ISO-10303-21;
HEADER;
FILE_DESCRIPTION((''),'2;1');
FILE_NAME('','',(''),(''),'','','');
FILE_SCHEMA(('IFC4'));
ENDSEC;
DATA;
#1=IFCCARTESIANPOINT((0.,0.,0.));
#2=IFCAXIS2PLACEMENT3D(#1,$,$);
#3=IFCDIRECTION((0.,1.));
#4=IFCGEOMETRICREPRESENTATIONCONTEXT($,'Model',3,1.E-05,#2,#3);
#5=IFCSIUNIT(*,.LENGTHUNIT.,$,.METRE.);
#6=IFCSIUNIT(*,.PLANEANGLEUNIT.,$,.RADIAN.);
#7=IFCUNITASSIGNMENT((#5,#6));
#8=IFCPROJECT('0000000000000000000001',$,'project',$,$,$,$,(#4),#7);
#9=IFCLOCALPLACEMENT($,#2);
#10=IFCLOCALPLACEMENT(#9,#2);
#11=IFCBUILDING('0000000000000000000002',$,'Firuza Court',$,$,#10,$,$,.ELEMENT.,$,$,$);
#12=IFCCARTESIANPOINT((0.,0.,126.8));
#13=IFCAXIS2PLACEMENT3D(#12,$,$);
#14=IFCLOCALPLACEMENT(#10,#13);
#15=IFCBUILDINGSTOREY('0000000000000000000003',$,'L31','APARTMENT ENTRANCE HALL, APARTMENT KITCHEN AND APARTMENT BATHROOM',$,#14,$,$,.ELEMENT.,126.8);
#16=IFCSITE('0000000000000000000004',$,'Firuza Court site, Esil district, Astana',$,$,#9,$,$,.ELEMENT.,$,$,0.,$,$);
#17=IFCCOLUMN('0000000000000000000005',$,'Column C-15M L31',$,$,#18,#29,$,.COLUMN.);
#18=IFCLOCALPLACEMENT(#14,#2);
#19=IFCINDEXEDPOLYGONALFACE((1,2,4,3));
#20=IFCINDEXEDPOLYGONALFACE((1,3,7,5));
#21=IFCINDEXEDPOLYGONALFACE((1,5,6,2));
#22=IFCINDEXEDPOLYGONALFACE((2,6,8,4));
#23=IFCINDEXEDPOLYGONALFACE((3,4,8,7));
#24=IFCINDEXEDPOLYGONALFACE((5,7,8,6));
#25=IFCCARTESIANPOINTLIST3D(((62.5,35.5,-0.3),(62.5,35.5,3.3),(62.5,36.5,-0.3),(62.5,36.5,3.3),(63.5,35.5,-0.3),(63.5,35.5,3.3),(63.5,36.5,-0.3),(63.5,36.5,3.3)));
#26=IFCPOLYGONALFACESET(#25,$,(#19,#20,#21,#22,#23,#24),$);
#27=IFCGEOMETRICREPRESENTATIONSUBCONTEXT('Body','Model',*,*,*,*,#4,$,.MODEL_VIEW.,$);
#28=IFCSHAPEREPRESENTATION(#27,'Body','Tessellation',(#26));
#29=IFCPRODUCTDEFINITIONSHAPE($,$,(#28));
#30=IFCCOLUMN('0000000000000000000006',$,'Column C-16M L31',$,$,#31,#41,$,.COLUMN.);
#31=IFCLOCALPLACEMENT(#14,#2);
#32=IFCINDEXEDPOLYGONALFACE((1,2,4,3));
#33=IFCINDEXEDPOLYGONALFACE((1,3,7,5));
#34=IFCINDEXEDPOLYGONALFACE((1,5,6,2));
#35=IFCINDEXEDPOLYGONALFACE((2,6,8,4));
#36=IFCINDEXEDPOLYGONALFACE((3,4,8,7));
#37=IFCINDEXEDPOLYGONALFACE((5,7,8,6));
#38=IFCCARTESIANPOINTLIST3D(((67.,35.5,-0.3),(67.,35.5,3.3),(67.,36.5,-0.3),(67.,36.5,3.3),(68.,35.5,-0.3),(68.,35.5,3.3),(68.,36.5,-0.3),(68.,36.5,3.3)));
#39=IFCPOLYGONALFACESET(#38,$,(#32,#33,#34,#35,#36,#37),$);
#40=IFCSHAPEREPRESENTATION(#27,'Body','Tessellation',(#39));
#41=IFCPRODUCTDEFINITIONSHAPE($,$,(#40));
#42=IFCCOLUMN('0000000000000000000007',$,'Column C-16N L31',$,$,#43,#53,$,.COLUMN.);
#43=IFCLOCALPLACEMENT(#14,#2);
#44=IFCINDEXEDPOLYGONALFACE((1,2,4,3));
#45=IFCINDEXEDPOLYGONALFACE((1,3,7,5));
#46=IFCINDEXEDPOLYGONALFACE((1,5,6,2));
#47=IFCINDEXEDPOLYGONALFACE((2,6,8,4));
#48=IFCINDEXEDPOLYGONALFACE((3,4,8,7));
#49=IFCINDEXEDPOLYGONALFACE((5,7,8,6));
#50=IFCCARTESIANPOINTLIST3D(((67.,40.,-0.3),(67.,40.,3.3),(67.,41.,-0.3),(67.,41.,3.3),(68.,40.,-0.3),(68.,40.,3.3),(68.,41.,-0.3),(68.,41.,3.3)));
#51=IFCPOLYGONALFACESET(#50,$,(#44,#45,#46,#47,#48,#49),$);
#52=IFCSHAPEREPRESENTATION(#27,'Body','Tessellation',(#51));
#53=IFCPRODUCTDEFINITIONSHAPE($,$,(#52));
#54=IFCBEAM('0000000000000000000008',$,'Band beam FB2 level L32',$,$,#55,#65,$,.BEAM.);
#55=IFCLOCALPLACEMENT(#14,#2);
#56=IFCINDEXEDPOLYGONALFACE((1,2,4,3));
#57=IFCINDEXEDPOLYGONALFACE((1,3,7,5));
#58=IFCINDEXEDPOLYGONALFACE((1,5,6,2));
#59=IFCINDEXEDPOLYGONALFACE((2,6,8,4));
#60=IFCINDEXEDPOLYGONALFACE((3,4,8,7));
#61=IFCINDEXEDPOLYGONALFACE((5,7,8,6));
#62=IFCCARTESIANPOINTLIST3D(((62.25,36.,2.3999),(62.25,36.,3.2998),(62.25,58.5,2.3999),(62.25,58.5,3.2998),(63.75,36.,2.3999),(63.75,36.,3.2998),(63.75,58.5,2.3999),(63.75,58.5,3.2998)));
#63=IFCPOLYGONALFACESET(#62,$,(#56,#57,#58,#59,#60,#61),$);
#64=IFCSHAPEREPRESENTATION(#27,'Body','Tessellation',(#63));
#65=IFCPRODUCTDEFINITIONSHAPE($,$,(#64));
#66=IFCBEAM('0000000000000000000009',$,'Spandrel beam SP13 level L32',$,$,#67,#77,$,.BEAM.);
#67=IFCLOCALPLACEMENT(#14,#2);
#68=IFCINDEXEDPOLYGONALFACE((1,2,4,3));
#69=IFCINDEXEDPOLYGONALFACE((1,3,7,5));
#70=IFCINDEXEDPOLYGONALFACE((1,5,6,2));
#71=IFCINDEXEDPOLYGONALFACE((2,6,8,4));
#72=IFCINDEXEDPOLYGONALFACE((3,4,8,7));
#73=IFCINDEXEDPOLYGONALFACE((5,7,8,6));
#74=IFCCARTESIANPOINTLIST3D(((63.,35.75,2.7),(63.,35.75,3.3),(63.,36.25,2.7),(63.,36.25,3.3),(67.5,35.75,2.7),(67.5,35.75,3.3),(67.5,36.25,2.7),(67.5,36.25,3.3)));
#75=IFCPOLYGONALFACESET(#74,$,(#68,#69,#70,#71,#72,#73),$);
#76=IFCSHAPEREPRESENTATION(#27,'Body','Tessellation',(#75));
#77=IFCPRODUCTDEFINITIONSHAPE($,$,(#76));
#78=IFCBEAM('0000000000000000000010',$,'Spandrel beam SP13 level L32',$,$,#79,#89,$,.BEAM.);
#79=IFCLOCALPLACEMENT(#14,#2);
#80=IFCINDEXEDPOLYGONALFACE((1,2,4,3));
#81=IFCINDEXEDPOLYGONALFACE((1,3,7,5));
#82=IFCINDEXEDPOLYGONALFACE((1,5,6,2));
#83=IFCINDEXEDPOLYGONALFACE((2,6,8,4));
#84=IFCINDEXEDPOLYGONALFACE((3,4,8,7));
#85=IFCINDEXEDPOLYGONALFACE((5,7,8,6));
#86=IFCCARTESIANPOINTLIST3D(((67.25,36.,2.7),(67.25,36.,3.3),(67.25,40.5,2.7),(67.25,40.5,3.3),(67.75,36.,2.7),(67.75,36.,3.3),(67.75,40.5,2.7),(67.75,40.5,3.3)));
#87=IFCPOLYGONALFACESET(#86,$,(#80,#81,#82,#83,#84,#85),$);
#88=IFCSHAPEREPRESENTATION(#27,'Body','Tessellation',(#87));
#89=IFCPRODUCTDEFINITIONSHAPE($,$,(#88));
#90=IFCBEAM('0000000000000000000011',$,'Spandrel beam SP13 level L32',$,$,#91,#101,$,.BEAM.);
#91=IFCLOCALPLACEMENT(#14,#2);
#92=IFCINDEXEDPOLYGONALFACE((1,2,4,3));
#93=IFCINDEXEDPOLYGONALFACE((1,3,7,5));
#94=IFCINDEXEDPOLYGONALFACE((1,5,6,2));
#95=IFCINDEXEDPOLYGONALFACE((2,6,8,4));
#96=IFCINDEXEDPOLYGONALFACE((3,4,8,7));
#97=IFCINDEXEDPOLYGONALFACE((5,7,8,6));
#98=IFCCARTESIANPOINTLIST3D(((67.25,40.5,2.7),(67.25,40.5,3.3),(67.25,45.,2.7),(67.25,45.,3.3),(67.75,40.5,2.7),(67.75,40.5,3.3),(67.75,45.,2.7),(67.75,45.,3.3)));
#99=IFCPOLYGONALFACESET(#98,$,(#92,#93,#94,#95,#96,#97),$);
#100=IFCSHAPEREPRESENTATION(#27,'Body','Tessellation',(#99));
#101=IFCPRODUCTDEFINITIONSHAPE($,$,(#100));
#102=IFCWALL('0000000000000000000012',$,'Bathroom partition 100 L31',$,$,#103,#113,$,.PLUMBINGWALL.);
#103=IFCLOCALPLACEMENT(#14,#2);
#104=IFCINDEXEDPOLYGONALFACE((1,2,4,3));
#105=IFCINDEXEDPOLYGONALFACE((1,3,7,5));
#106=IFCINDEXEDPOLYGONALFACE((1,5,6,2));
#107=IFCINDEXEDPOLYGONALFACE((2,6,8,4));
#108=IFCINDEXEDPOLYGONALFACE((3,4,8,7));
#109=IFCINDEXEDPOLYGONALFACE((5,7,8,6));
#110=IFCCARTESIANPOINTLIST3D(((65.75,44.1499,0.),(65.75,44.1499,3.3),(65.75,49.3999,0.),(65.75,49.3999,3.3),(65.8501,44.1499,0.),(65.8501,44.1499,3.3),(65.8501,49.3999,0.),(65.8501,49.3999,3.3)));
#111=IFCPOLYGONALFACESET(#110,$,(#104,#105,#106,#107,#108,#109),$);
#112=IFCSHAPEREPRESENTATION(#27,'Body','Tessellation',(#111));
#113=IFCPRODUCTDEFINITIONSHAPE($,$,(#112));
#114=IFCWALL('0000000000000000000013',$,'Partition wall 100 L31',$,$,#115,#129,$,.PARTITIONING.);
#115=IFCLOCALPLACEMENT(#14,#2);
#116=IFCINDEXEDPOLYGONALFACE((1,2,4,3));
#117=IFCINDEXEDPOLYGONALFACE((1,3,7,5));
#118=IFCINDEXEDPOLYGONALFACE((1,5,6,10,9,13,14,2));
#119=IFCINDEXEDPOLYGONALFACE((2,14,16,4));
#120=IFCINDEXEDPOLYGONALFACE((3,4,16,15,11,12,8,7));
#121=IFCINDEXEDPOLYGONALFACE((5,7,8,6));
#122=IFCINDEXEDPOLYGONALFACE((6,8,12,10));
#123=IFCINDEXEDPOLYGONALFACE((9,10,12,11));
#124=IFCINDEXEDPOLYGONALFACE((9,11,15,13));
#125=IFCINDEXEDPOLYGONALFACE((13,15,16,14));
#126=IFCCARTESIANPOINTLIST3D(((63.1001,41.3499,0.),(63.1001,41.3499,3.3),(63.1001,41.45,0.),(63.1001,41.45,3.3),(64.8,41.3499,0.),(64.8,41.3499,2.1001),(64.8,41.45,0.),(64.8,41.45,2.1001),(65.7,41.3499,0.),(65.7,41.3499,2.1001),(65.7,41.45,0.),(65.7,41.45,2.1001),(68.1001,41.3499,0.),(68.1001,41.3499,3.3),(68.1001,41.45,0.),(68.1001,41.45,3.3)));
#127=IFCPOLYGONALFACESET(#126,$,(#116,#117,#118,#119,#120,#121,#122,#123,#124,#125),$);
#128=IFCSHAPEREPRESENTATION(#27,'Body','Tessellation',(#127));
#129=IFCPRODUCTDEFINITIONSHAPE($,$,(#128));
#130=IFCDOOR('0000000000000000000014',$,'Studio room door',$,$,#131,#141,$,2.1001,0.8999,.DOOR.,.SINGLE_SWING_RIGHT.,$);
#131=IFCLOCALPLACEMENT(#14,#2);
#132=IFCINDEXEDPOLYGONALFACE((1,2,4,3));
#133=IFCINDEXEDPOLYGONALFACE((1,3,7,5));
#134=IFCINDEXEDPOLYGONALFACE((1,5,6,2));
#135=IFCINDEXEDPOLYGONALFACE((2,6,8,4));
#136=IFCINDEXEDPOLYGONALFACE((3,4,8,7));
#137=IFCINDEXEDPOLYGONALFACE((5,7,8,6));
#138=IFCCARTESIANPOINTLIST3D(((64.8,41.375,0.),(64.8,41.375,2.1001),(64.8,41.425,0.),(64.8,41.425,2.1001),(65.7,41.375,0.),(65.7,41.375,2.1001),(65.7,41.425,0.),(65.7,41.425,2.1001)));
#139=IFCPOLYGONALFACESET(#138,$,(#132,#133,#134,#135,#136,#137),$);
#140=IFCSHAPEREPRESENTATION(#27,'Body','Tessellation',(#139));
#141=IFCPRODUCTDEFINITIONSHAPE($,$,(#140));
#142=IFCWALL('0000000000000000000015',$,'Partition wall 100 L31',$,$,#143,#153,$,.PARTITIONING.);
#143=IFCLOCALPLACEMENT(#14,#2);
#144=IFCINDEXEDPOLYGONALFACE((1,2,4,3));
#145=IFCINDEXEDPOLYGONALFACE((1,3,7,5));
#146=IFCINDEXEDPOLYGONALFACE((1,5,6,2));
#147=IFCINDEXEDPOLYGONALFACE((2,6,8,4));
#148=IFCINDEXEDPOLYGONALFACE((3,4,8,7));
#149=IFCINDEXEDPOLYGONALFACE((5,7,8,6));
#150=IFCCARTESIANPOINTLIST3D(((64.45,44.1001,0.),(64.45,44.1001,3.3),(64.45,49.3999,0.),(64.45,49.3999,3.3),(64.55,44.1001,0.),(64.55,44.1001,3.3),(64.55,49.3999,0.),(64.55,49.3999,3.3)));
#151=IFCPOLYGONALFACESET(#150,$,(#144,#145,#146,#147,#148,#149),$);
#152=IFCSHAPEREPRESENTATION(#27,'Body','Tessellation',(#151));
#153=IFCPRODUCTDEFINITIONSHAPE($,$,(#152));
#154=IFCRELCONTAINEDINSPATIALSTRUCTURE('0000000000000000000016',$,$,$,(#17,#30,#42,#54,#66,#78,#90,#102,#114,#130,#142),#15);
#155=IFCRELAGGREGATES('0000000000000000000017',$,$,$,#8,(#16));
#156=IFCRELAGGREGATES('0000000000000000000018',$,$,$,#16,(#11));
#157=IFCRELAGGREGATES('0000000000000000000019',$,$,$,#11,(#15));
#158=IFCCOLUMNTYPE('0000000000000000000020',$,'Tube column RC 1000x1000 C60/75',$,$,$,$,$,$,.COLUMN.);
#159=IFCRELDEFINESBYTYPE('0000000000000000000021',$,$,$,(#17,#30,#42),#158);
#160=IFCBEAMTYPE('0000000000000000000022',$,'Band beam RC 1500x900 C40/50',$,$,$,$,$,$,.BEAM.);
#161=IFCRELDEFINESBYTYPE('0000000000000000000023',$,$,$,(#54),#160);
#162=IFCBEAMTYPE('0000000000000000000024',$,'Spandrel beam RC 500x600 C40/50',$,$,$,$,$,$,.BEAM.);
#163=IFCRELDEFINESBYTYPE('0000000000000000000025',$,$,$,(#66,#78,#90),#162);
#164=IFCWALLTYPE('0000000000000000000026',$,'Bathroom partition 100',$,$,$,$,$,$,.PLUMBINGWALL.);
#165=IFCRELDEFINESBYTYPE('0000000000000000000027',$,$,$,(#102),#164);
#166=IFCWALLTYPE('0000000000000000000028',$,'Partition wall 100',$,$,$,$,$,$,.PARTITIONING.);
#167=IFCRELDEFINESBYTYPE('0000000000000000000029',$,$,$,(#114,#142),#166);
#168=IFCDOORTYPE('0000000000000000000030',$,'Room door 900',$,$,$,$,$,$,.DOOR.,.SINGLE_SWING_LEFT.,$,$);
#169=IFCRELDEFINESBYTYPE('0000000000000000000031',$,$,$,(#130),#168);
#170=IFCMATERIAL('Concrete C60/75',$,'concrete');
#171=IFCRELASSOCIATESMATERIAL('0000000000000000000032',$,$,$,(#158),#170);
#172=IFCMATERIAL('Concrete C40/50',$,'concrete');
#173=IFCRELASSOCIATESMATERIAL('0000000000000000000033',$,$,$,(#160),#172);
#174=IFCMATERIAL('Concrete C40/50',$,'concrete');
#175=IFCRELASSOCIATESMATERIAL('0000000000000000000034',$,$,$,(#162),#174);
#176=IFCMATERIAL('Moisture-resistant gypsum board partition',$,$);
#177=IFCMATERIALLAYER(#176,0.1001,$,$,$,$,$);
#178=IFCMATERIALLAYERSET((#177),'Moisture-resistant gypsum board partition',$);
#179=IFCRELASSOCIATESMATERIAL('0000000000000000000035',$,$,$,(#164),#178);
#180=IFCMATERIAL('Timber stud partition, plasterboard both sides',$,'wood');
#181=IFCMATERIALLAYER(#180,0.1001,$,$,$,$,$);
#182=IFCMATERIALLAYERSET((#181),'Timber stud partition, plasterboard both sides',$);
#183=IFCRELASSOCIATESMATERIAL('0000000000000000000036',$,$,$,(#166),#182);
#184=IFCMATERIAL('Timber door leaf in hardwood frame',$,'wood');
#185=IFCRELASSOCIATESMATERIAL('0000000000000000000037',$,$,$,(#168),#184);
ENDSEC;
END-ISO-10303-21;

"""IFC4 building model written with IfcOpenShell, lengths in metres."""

from ifc_helpers import new_model, si_unit, direction, frame, frame_2d, origin, origin_2d, place, context, subcontext, project, spatial, rectangle, extrude, material, layer, layer_set, material_profile, profile_set, type_object, element, fill, save


model = new_model("IFC4")

# Units and contexts
model_context = context("Model", 3, precision=1e-05, world=origin(), true_north=direction((0.0, 1.0)))
body_context = subcontext(model_context, "Body", "Model", "MODEL_VIEW")
ifc_project = project(units=[si_unit("LENGTHUNIT", "METRE"), si_unit("PLANEANGLEUNIT", "RADIAN")], contexts=[model_context])

# Site, building, storey
site_placement = place(None, origin())
site = spatial("IfcSite", under=ifc_project, at=site_placement, Name="Firuza Court site, Esil district, Astana", CompositionType="ELEMENT", RefElevation=0.0)
building_placement = place(site_placement, origin())
building = spatial("IfcBuilding", under=site, at=building_placement, Name="Firuza Court", CompositionType="ELEMENT")
storey_placement = place(building_placement, frame((0.0, 0.0, 126.8)))
storey = spatial("IfcBuildingStorey", under=building, at=storey_placement, Name="L31", Description="APARTMENT ENTRANCE HALL, APARTMENT KITCHEN AND APARTMENT BATHROOM", CompositionType="ELEMENT", Elevation=126.8)

# Columns
ifc_material_1 = material(Name="Concrete C60/75", Category="concrete")
ifc_material_profile_1 = material_profile(ifc_material_1, rectangle(XDim=1.0, YDim=1.0, at=origin_2d()), Name="RC 1000x1000")
ifc_profile_set_1 = profile_set([ifc_material_profile_1], Name="Concrete C60/75")
column_type = type_object("IfcColumnType", Name="Tube column RC 1000x1000 C60/75", PredefinedType="COLUMN", material=ifc_profile_set_1)
for number, where, z_axis, x_axis, name in (
    (1, (63.0, 36.0, -0.3), (0.0, 0.0, 1.0), (1.0, 0.0, 0.0), "Column C-15M L31"),
    (2, (67.5, 36.0, -0.3), (0.0, 0.0, 1.0), (1.0, 0.0, 0.0), "Column C-16M L31"),
    (3, (67.5, 40.5, -0.3), (0.0, 0.0, 1.0), (1.0, 0.0, 0.0), "Column C-16N L31"),
):
    element("IfcColumn", number, at=place(storey_placement, frame(where, z_axis=z_axis, x_axis=x_axis)), inside=storey, type_object=column_type, Name=name, PredefinedType="COLUMN", context=body_context, shape_type="SweptSolid", body=[
        extrude(rectangle(XDim=1.0, YDim=1.0, at=origin_2d()), origin(), (0.0, 0.0, 1.0), 3.6001),
    ])

# Beams
ifc_material_2 = material(Name="Concrete C40/50", Category="concrete")
ifc_material_profile_2 = material_profile(ifc_material_2, rectangle(XDim=1.5, YDim=0.8999, at=origin_2d()), Name="RC 1500x900")
ifc_profile_set_2 = profile_set([ifc_material_profile_2], Name="Concrete C40/50")
beam_type_1 = type_object("IfcBeamType", Name="Band beam RC 1500x900 C40/50", PredefinedType="BEAM", material=ifc_profile_set_2)
beam_placement = place(storey_placement, frame((63.0, 36.0, 2.8499), z_axis=(0.0, 1.0, 0.0), x_axis=(-1.0, 0.0, 0.0)))
element("IfcBeam", 4, at=beam_placement, inside=storey, type_object=beam_type_1, Name="Band beam FB2 level L32", PredefinedType="BEAM", context=body_context, shape_type="SweptSolid", body=[
    extrude(rectangle(XDim=1.5, YDim=0.8999, at=origin_2d()), origin(), (0.0, 0.0, 1.0), 22.5),
])
ifc_material_3 = material(Name="Concrete C40/50", Category="concrete")
ifc_material_profile_3 = material_profile(ifc_material_3, rectangle(XDim=0.5, YDim=0.6001, at=origin_2d()), Name="RC 500x600")
ifc_profile_set_3 = profile_set([ifc_material_profile_3], Name="Concrete C40/50")
beam_type_2 = type_object("IfcBeamType", Name="Spandrel beam RC 500x600 C40/50", PredefinedType="BEAM", material=ifc_profile_set_3)
for number, where, z_axis, x_axis, name in (
    (5, (63.0, 36.0, 3.0), (1.0, 0.0, 0.0), (0.0, 1.0, 0.0), "Spandrel beam SP13 level L32"),
    (6, (67.5, 36.0, 3.0), (0.0, 1.0, 0.0), (-1.0, 0.0, 0.0), "Spandrel beam SP13 level L32"),
    (7, (67.5, 40.5, 3.0), (0.0, 1.0, 0.0), (-1.0, 0.0, 0.0), "Spandrel beam SP13 level L32"),
):
    element("IfcBeam", number, at=place(storey_placement, frame(where, z_axis=z_axis, x_axis=x_axis)), inside=storey, type_object=beam_type_2, Name=name, PredefinedType="BEAM", context=body_context, shape_type="SweptSolid", body=[
        extrude(rectangle(XDim=0.5, YDim=0.6001, at=origin_2d()), origin(), (0.0, 0.0, 1.0), 4.5),
    ])

# Wall
ifc_material_4 = material(Name="Moisture-resistant gypsum board partition")
ifc_layer_1 = layer(ifc_material_4, 0.1001)
ifc_layer_set_1 = layer_set([ifc_layer_1], Name="Moisture-resistant gypsum board partition")
wall_type_1 = type_object("IfcWallType", Name="Bathroom partition 100", PredefinedType="PLUMBINGWALL", material=ifc_layer_set_1)
wall_1_placement = place(storey_placement, frame((65.8, 44.1499, 0.0), z_axis=(0.0, 0.0, 1.0), x_axis=(0.0, 1.0, 0.0)))
element("IfcWall", 8, at=wall_1_placement, inside=storey, type_object=wall_type_1, Name="Bathroom partition 100 L31", PredefinedType="PLUMBINGWALL", context=body_context, shape_type="SweptSolid", body=[
    extrude(rectangle(XDim=5.25, YDim=0.1001, at=frame_2d((2.625, 0.0))), origin(), (0.0, 0.0, 1.0), 3.3),
])

# Wall, opening, door
ifc_material_5 = material(Name="Timber stud partition, plasterboard both sides", Category="wood")
ifc_layer_2 = layer(ifc_material_5, 0.1001)
ifc_layer_set_2 = layer_set([ifc_layer_2], Name="Timber stud partition, plasterboard both sides")
wall_type_2 = type_object("IfcWallType", Name="Partition wall 100", PredefinedType="PARTITIONING", material=ifc_layer_set_2)
wall_2_placement = place(storey_placement, frame((63.1001, 41.3999, 0.0), z_axis=(0.0, 0.0, 1.0), x_axis=(1.0, 0.0, 0.0)))
wall_2 = element("IfcWall", 9, at=wall_2_placement, inside=storey, type_object=wall_type_2, Name="Partition wall 100 L31", PredefinedType="PARTITIONING", context=body_context, shape_type="SweptSolid", body=[
    extrude(rectangle(XDim=5.0, YDim=0.1001, at=frame_2d((2.5, 0.0))), origin(), (0.0, 0.0, 1.0), 3.3),
])
opening_1_placement = place(wall_2_placement, frame((1.7, 0.0, 0.0)))
opening_1 = element("IfcOpeningElement", 10, at=opening_1_placement, cuts=wall_2, PredefinedType="OPENING", context=body_context, shape_type="SweptSolid", body=[
    extrude(rectangle(XDim=0.8999, YDim=2.1001, at=frame_2d((0.45, 1.05))), frame((0.0, 0.062, 0.0), z_axis=(0.0, -1.0, 0.0), x_axis=(1.0, 0.0, 0.0)), (0.0, 0.0, 1.0), 0.124),
])
ifc_material_6 = material(Name="Timber door leaf in hardwood frame", Category="wood")
door_type_1 = type_object("IfcDoorType", Name="Room door 900", OperationType="SINGLE_SWING_LEFT", PredefinedType="DOOR", material=ifc_material_6)
door_1_placement = place(opening_1_placement, frame((0.8999, 0.0, 0.0), z_axis=(0.0, 0.0, 1.0), x_axis=(-1.0, 0.0, 0.0)))
door_1 = element("IfcDoor", 11, at=door_1_placement, inside=storey, type_object=door_type_1, Name="Studio room door", OperationType="SINGLE_SWING_RIGHT", OverallHeight=2.1001, OverallWidth=0.8999, PredefinedType="DOOR", context=body_context, shape_type="SweptSolid", body=[
    extrude(rectangle(XDim=0.8999, YDim=2.1001, at=frame_2d((0.45, 1.05))), frame((0.0, 0.0249, 0.0), z_axis=(0.0, -1.0, 0.0), x_axis=(1.0, 0.0, 0.0)), (0.0, 0.0, 1.0), 0.05),
])
fill(opening_1, door_1)

# Wall
wall_3_placement = place(storey_placement, frame((64.5, 44.1001, 0.0), z_axis=(0.0, 0.0, 1.0), x_axis=(0.0, 1.0, 0.0)))
element("IfcWall", 12, at=wall_3_placement, inside=storey, type_object=wall_type_2, Name="Partition wall 100 L31", PredefinedType="PARTITIONING", context=body_context, shape_type="SweptSolid", body=[
    extrude(rectangle(XDim=5.2998, YDim=0.1001, at=frame_2d((2.6499, 0.0))), origin(), (0.0, 0.0, 1.0), 3.3),
])

save(model, "model.ifc")
